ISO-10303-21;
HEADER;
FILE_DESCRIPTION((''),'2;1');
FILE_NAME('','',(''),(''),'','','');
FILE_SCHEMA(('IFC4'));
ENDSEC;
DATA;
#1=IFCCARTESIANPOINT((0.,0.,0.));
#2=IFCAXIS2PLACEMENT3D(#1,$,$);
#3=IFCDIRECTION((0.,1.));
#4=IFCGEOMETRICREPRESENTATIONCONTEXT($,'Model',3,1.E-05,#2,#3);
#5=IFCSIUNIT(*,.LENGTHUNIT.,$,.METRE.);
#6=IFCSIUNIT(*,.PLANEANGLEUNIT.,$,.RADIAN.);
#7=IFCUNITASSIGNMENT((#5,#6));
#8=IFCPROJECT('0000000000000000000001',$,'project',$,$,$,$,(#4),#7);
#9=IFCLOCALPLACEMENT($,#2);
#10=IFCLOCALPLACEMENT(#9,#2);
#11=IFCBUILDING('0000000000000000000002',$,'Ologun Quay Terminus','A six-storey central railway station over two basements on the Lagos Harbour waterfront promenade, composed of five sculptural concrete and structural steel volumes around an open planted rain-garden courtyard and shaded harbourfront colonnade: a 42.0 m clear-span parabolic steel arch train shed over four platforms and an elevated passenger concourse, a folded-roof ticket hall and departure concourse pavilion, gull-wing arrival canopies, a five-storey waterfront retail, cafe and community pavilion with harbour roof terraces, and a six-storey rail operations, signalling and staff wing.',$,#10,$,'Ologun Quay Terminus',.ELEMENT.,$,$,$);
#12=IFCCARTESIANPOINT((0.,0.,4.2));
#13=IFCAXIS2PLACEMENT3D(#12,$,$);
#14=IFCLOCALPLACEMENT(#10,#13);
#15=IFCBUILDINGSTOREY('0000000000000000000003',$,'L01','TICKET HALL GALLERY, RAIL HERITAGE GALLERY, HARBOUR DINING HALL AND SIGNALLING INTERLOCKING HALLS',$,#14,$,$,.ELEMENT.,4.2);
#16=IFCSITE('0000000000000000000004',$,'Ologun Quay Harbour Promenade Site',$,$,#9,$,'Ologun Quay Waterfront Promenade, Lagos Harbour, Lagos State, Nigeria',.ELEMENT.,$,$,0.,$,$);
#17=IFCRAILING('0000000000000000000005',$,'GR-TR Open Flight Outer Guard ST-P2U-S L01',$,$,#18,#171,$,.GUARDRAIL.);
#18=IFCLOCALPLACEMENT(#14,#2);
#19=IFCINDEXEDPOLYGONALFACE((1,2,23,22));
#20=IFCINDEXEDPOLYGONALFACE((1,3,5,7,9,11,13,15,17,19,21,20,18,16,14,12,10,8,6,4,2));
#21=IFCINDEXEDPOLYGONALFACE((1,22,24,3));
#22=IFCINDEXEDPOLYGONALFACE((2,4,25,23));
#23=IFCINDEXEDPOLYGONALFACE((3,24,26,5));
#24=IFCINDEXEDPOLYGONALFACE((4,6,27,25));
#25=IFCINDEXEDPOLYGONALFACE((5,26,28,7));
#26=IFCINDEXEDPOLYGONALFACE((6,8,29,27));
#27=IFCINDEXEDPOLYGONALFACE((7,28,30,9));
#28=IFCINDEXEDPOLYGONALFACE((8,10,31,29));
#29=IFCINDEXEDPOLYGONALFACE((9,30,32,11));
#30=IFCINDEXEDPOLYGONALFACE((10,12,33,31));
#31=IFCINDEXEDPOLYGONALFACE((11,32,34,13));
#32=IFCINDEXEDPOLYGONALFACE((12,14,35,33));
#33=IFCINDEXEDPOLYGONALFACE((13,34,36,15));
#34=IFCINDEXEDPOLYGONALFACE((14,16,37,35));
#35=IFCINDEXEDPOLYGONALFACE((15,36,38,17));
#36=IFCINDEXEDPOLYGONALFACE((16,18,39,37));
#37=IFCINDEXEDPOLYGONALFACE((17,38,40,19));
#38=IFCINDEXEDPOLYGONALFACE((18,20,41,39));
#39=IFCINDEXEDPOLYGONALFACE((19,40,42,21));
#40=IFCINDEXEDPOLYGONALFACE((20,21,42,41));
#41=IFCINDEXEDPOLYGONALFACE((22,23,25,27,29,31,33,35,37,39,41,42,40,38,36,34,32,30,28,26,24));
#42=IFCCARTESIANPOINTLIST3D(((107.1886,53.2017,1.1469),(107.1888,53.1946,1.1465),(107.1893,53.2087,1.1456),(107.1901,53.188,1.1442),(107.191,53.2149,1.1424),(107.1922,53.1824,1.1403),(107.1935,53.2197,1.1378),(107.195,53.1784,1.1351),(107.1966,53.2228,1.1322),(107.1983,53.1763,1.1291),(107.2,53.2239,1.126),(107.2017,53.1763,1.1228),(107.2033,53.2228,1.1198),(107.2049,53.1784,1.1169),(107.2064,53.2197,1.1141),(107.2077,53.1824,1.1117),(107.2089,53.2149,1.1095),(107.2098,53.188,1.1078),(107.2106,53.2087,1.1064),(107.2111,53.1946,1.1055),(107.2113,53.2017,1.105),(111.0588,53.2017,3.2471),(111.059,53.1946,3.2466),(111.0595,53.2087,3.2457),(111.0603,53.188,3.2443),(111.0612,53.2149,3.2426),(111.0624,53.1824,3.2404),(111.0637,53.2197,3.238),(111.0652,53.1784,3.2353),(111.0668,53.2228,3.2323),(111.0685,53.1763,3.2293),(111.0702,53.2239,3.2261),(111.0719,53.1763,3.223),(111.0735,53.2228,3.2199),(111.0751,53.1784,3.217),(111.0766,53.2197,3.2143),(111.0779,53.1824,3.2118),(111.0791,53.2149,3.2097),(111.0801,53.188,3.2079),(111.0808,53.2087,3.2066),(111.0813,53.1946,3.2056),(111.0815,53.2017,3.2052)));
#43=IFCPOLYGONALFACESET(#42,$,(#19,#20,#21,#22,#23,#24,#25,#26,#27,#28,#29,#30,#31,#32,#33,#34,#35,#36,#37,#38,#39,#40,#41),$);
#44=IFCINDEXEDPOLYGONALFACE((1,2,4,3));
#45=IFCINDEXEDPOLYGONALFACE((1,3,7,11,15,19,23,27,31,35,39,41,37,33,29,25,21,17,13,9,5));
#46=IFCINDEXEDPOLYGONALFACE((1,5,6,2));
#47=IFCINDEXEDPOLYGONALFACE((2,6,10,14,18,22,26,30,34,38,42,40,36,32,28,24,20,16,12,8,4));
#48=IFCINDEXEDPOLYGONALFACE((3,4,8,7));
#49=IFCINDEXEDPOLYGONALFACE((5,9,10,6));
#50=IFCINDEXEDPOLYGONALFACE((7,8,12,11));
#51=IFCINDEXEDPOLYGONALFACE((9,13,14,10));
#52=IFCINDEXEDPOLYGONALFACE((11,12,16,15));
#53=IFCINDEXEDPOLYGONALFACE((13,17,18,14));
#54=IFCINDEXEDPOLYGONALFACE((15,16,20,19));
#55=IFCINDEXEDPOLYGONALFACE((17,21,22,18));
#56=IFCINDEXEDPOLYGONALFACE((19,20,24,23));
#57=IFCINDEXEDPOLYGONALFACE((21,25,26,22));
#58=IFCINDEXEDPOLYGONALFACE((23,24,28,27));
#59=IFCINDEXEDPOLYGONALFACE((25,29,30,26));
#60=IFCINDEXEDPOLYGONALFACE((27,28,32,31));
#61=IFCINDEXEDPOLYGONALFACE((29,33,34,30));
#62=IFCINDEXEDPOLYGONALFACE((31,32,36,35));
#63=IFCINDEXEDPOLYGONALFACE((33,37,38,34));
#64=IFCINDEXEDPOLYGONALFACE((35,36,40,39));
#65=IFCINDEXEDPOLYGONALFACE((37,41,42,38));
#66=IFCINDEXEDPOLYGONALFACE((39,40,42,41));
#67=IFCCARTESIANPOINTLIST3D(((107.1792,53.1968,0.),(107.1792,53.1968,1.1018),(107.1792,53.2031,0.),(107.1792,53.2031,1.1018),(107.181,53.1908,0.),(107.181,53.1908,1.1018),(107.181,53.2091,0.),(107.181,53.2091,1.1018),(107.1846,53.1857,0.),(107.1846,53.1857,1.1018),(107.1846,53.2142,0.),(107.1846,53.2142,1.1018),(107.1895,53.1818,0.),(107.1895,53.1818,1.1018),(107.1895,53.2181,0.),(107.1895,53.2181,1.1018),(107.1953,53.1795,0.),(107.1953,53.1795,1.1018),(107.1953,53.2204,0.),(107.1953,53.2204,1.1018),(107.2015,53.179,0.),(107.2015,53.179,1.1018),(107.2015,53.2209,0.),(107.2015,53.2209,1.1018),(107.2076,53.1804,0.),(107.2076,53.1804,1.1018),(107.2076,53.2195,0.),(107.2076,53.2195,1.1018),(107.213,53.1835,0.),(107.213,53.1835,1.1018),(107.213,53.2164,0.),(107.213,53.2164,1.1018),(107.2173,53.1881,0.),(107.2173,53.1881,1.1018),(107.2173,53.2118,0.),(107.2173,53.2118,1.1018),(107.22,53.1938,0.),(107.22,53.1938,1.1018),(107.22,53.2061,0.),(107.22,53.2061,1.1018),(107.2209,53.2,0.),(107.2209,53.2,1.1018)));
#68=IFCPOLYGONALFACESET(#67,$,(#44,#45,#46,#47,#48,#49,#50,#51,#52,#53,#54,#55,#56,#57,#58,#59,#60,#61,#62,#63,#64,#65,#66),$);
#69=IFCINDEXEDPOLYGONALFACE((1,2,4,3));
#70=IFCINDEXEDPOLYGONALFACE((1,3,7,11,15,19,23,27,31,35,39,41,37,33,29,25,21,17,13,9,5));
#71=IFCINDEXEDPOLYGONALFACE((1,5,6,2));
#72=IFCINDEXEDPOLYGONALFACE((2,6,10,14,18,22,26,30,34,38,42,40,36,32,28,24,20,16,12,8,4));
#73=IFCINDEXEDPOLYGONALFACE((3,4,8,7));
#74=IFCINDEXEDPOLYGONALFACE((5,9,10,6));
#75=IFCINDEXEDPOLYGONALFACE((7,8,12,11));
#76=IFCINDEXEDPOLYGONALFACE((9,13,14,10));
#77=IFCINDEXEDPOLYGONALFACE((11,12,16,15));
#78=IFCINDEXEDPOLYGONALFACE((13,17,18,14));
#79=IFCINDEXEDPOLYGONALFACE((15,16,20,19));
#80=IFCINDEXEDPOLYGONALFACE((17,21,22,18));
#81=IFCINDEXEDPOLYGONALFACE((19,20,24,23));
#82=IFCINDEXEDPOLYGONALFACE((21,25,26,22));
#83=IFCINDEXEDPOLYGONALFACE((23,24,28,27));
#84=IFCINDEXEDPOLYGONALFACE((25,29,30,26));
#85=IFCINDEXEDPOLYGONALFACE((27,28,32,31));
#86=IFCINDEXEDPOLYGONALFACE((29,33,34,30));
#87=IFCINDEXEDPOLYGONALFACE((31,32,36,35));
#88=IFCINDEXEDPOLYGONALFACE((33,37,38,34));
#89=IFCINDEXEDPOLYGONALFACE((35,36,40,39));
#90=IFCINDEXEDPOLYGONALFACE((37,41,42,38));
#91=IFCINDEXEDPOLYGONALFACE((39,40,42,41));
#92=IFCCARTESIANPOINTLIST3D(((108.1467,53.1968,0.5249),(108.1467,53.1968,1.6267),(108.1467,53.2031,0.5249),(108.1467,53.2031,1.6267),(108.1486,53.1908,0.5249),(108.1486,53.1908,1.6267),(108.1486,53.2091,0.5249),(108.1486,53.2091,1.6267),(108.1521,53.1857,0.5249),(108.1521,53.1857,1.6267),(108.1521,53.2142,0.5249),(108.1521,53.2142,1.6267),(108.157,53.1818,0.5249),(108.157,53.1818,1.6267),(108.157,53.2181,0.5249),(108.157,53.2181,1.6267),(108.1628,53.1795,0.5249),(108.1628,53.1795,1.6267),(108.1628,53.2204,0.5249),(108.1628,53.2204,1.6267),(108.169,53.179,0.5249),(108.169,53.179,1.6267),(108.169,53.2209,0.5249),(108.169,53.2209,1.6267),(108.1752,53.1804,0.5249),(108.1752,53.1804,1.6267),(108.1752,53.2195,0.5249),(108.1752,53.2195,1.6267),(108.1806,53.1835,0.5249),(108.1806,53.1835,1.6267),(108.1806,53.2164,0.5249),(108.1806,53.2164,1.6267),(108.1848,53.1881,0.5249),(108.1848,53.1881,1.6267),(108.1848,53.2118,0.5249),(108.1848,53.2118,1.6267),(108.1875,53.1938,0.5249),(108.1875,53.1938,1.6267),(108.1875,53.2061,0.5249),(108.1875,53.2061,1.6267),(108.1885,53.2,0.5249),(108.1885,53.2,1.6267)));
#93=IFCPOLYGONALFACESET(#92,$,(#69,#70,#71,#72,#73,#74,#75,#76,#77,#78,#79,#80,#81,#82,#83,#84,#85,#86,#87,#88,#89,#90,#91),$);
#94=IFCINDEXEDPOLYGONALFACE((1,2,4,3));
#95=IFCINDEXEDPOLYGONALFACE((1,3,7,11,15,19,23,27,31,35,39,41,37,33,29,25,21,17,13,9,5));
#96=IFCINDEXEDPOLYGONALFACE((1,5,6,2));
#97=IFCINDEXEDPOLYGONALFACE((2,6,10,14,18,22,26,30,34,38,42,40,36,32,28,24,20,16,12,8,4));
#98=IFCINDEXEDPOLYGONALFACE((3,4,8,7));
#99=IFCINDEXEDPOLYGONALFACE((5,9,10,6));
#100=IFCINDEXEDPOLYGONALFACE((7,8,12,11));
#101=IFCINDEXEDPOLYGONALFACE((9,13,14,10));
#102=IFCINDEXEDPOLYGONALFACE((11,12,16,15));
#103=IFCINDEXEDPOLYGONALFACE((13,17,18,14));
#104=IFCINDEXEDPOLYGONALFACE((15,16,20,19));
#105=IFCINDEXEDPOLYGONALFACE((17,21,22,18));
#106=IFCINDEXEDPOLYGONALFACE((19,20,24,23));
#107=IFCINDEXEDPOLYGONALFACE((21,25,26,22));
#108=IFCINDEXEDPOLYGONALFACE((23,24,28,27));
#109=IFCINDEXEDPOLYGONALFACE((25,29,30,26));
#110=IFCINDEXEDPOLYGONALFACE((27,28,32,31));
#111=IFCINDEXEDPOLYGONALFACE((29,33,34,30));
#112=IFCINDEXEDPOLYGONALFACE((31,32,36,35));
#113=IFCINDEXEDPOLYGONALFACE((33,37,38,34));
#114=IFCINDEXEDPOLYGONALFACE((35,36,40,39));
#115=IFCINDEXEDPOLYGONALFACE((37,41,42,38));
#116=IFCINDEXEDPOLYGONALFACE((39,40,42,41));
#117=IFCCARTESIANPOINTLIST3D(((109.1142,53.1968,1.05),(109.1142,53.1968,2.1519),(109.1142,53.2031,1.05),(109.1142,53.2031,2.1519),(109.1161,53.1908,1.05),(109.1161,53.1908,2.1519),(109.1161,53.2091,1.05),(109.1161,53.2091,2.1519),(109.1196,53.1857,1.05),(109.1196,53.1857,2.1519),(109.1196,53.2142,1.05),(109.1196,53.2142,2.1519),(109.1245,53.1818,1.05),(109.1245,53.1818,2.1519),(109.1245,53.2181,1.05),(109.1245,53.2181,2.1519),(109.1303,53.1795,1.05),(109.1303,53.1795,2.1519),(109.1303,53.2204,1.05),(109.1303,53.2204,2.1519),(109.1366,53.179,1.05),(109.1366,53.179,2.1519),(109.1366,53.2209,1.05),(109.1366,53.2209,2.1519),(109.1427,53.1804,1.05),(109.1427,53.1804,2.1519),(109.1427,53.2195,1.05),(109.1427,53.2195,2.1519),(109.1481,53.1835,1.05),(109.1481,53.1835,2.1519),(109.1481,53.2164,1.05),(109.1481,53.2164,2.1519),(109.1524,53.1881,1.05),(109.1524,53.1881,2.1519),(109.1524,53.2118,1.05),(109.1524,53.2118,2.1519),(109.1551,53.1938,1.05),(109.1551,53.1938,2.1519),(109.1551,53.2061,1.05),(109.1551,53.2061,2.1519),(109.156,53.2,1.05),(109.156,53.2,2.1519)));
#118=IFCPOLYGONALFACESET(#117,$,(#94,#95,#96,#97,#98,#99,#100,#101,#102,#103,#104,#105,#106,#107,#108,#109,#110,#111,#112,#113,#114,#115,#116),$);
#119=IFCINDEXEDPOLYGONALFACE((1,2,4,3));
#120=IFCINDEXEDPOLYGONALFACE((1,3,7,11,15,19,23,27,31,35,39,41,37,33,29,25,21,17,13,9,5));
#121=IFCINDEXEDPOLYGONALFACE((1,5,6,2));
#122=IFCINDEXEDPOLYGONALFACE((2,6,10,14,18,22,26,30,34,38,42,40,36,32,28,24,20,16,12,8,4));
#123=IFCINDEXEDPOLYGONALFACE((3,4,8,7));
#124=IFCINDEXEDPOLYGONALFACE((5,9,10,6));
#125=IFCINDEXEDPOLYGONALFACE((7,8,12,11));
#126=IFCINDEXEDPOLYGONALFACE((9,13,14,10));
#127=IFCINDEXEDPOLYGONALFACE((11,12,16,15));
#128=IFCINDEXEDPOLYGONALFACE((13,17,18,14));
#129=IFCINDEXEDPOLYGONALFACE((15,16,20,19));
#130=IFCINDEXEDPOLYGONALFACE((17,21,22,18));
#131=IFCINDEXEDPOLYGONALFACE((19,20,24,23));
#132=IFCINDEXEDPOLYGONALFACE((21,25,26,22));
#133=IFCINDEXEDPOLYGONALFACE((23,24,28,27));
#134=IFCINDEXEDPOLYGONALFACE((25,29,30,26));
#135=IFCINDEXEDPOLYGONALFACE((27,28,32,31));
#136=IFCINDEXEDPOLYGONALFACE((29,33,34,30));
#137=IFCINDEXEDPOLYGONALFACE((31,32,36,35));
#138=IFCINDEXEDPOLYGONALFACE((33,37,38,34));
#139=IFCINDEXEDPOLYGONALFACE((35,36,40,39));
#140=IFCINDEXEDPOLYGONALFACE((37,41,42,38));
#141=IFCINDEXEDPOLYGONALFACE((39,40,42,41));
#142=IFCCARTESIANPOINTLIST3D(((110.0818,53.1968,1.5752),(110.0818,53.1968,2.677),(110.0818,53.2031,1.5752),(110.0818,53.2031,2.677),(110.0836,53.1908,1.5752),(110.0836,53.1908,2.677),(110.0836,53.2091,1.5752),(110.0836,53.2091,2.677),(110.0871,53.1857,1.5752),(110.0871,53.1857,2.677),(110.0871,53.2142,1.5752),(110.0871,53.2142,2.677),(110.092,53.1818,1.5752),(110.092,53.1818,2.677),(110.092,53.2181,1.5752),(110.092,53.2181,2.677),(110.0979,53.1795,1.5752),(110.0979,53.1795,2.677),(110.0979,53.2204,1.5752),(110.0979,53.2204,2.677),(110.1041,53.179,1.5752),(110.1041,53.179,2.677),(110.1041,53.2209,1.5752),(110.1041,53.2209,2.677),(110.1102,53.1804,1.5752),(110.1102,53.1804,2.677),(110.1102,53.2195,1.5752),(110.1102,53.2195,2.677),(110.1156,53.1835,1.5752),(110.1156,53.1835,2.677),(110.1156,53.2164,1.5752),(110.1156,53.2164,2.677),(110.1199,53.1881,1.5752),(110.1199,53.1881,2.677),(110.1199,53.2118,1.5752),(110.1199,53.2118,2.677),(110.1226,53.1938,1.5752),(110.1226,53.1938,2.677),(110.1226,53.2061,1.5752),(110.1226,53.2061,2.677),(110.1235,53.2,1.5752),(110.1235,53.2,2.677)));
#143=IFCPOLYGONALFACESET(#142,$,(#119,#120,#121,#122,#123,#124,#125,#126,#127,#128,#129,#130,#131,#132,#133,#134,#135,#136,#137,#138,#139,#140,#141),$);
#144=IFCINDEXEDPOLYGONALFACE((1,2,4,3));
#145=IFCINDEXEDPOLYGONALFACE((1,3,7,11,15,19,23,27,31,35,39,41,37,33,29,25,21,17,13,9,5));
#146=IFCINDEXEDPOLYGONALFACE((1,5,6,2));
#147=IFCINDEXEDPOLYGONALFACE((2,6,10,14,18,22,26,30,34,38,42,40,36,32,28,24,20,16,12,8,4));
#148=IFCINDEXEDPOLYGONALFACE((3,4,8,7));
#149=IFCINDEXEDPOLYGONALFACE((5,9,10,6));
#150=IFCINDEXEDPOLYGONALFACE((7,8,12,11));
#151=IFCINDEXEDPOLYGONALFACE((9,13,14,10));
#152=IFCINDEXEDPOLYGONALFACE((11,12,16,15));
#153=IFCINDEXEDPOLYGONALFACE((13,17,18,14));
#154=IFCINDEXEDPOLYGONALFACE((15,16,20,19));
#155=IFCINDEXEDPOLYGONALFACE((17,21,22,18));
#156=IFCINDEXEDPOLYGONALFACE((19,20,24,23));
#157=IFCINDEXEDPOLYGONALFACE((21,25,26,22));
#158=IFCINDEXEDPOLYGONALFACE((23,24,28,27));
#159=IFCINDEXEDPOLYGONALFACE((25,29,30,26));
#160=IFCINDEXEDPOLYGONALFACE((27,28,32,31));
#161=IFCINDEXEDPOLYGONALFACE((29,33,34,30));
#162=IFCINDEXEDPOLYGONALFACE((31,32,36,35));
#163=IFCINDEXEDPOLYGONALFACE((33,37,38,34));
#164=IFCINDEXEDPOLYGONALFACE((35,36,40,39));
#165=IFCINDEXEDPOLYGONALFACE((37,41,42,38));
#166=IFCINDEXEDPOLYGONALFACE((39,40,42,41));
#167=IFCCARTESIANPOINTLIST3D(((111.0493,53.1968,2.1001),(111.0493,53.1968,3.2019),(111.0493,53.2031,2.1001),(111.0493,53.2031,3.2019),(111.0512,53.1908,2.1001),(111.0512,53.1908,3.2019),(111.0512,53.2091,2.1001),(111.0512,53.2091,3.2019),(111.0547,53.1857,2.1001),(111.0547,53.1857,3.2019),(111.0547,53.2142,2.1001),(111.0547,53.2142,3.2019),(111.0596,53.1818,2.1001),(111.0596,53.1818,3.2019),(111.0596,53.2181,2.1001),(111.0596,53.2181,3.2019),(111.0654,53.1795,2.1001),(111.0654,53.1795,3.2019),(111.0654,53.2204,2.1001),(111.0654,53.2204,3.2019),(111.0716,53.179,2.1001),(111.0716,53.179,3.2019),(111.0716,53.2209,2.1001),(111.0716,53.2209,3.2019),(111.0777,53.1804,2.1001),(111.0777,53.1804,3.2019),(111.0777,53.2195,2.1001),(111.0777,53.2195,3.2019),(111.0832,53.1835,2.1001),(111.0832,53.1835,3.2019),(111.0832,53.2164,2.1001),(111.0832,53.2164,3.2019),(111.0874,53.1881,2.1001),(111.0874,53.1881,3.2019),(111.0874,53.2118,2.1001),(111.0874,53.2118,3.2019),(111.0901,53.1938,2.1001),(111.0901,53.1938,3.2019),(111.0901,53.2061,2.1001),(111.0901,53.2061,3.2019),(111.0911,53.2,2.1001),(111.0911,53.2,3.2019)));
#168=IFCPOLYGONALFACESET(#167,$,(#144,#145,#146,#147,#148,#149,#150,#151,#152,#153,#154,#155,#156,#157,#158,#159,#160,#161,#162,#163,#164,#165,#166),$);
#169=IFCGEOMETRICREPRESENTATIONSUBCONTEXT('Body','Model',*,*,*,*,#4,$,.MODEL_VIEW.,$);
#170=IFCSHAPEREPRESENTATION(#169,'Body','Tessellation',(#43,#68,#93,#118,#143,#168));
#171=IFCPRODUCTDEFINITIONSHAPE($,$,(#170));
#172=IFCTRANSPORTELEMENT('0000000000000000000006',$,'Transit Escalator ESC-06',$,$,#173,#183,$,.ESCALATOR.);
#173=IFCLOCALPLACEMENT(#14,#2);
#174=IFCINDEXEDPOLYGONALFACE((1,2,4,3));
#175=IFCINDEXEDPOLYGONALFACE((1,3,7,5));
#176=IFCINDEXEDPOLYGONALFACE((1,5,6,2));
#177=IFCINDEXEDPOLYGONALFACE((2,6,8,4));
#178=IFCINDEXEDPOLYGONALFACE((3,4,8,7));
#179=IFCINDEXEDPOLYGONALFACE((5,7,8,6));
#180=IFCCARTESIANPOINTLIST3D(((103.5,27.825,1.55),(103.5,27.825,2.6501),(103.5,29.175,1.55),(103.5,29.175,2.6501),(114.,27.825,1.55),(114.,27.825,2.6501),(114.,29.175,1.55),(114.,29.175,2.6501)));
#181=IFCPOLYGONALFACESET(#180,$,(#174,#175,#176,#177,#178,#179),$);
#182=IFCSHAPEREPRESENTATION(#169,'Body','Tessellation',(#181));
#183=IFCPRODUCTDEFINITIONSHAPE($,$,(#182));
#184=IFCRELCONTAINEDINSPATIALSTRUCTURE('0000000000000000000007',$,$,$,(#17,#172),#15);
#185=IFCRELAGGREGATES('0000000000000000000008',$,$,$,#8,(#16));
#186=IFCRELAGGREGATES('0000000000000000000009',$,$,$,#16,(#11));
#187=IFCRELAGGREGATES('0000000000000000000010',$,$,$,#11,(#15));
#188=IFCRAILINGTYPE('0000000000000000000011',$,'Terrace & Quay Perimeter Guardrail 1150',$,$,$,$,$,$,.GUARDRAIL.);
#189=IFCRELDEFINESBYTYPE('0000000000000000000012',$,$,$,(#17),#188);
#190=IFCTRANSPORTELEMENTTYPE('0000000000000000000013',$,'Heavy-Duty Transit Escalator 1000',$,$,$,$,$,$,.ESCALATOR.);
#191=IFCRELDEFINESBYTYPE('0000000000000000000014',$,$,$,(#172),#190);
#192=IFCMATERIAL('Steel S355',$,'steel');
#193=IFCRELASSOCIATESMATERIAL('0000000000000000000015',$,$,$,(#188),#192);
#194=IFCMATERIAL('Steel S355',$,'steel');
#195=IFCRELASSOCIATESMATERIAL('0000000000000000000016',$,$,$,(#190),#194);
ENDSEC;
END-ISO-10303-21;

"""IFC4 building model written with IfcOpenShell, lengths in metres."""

from ifc_helpers import new_model, si_unit, direction, frame, origin, origin_2d, place, context, subcontext, project, spatial, rectangle, circle, extrude, material, type_object, element, save


model = new_model("IFC4")

# Units and contexts
model_context = context("Model", 3, precision=1e-05, world=origin(), true_north=direction((0.0, 1.0)))
body_context = subcontext(model_context, "Body", "Model", "MODEL_VIEW")
ifc_project = project(units=[si_unit("LENGTHUNIT", "METRE"), si_unit("PLANEANGLEUNIT", "RADIAN")], contexts=[model_context])

# Site, building, storey
site_placement = place(None, origin())
site = spatial("IfcSite", under=ifc_project, at=site_placement, Name="Ologun Quay Harbour Promenade Site", LongName="Ologun Quay Waterfront Promenade, Lagos Harbour, Lagos State, Nigeria", CompositionType="ELEMENT", RefElevation=0.0)
building_placement = place(site_placement, origin())
building = spatial("IfcBuilding", under=site, at=building_placement, Name="Ologun Quay Terminus", Description="A six-storey central railway station over two basements on the Lagos Harbour waterfront promenade, composed of five sculptural concrete and structural steel volumes around an open planted rain-garden courtyard and shaded harbourfront colonnade: a 42.0 m clear-span parabolic steel arch train shed over four platforms and an elevated passenger concourse, a folded-roof ticket hall and departure concourse pavilion, gull-wing arrival canopies, a five-storey waterfront retail, cafe and community pavilion with harbour roof terraces, and a six-storey rail operations, signalling and staff wing.", LongName="Ologun Quay Terminus", CompositionType="ELEMENT")
storey_placement = place(building_placement, frame((0.0, 0.0, 4.2)))
storey = spatial("IfcBuildingStorey", under=building, at=storey_placement, Name="L01", Description="TICKET HALL GALLERY, RAIL HERITAGE GALLERY, HARBOUR DINING HALL AND SIGNALLING INTERLOCKING HALLS", CompositionType="ELEMENT", Elevation=4.2)

# Railing
ifc_material_1 = material(Name="Steel S355", Category="steel")
railing_type_1 = type_object("IfcRailingType", Name="Terrace & Quay Perimeter Guardrail 1150", PredefinedType="GUARDRAIL", material=ifc_material_1)
railing_1_placement = place(storey_placement, frame((107.2, 53.2, 0.0)))
element("IfcRailing", 1, at=railing_1_placement, inside=storey, type_object=railing_type_1, Name="GR-TR Open Flight Outer Guard ST-P2U-S L01", PredefinedType="GUARDRAIL", context=body_context, shape_type="SweptSolid", body=[
    extrude(circle(Radius=0.0239, at=origin_2d()), frame((0.0, 0.0, 1.126), z_axis=(0.878932, 0.0, 0.476947), x_axis=(0.0, 1.0, 0.0)), (0.0, 0.0, 1.0), 4.4033),
    extrude(circle(Radius=0.021, at=origin_2d()), origin(), (0.0, 0.0, 1.0), 1.1018),
    extrude(circle(Radius=0.021, at=origin_2d()), frame((0.9675, 0.0, 0.5249)), (0.0, 0.0, 1.0), 1.1018),
    extrude(circle(Radius=0.021, at=origin_2d()), frame((1.9351, 0.0, 1.05)), (0.0, 0.0, 1.0), 1.1018),
    extrude(circle(Radius=0.021, at=origin_2d()), frame((2.9026, 0.0, 1.5752)), (0.0, 0.0, 1.0), 1.1018),
    extrude(circle(Radius=0.021, at=origin_2d()), frame((3.8701, 0.0, 2.1001)), (0.0, 0.0, 1.0), 1.1018),
])

# Transport element
ifc_material_2 = material(Name="Steel S355", Category="steel")
transport_element_type = type_object("IfcTransportElementType", Name="Heavy-Duty Transit Escalator 1000", PredefinedType="ESCALATOR", material=ifc_material_2)
transport_element_placement = place(storey_placement, frame((108.75, 28.5, 1.55), z_axis=(0.0, 0.0, 1.0), x_axis=(1.0, 0.0, 0.0)))
element("IfcTransportElement", 2, at=transport_element_placement, inside=storey, type_object=transport_element_type, Name="Transit Escalator ESC-06", PredefinedType="ESCALATOR", context=body_context, shape_type="SweptSolid", body=[
    extrude(rectangle(XDim=10.5, YDim=1.3501, at=origin_2d()), origin(), (0.0, 0.0, 1.0), 1.1001),
])

save(model, "model.ifc")
